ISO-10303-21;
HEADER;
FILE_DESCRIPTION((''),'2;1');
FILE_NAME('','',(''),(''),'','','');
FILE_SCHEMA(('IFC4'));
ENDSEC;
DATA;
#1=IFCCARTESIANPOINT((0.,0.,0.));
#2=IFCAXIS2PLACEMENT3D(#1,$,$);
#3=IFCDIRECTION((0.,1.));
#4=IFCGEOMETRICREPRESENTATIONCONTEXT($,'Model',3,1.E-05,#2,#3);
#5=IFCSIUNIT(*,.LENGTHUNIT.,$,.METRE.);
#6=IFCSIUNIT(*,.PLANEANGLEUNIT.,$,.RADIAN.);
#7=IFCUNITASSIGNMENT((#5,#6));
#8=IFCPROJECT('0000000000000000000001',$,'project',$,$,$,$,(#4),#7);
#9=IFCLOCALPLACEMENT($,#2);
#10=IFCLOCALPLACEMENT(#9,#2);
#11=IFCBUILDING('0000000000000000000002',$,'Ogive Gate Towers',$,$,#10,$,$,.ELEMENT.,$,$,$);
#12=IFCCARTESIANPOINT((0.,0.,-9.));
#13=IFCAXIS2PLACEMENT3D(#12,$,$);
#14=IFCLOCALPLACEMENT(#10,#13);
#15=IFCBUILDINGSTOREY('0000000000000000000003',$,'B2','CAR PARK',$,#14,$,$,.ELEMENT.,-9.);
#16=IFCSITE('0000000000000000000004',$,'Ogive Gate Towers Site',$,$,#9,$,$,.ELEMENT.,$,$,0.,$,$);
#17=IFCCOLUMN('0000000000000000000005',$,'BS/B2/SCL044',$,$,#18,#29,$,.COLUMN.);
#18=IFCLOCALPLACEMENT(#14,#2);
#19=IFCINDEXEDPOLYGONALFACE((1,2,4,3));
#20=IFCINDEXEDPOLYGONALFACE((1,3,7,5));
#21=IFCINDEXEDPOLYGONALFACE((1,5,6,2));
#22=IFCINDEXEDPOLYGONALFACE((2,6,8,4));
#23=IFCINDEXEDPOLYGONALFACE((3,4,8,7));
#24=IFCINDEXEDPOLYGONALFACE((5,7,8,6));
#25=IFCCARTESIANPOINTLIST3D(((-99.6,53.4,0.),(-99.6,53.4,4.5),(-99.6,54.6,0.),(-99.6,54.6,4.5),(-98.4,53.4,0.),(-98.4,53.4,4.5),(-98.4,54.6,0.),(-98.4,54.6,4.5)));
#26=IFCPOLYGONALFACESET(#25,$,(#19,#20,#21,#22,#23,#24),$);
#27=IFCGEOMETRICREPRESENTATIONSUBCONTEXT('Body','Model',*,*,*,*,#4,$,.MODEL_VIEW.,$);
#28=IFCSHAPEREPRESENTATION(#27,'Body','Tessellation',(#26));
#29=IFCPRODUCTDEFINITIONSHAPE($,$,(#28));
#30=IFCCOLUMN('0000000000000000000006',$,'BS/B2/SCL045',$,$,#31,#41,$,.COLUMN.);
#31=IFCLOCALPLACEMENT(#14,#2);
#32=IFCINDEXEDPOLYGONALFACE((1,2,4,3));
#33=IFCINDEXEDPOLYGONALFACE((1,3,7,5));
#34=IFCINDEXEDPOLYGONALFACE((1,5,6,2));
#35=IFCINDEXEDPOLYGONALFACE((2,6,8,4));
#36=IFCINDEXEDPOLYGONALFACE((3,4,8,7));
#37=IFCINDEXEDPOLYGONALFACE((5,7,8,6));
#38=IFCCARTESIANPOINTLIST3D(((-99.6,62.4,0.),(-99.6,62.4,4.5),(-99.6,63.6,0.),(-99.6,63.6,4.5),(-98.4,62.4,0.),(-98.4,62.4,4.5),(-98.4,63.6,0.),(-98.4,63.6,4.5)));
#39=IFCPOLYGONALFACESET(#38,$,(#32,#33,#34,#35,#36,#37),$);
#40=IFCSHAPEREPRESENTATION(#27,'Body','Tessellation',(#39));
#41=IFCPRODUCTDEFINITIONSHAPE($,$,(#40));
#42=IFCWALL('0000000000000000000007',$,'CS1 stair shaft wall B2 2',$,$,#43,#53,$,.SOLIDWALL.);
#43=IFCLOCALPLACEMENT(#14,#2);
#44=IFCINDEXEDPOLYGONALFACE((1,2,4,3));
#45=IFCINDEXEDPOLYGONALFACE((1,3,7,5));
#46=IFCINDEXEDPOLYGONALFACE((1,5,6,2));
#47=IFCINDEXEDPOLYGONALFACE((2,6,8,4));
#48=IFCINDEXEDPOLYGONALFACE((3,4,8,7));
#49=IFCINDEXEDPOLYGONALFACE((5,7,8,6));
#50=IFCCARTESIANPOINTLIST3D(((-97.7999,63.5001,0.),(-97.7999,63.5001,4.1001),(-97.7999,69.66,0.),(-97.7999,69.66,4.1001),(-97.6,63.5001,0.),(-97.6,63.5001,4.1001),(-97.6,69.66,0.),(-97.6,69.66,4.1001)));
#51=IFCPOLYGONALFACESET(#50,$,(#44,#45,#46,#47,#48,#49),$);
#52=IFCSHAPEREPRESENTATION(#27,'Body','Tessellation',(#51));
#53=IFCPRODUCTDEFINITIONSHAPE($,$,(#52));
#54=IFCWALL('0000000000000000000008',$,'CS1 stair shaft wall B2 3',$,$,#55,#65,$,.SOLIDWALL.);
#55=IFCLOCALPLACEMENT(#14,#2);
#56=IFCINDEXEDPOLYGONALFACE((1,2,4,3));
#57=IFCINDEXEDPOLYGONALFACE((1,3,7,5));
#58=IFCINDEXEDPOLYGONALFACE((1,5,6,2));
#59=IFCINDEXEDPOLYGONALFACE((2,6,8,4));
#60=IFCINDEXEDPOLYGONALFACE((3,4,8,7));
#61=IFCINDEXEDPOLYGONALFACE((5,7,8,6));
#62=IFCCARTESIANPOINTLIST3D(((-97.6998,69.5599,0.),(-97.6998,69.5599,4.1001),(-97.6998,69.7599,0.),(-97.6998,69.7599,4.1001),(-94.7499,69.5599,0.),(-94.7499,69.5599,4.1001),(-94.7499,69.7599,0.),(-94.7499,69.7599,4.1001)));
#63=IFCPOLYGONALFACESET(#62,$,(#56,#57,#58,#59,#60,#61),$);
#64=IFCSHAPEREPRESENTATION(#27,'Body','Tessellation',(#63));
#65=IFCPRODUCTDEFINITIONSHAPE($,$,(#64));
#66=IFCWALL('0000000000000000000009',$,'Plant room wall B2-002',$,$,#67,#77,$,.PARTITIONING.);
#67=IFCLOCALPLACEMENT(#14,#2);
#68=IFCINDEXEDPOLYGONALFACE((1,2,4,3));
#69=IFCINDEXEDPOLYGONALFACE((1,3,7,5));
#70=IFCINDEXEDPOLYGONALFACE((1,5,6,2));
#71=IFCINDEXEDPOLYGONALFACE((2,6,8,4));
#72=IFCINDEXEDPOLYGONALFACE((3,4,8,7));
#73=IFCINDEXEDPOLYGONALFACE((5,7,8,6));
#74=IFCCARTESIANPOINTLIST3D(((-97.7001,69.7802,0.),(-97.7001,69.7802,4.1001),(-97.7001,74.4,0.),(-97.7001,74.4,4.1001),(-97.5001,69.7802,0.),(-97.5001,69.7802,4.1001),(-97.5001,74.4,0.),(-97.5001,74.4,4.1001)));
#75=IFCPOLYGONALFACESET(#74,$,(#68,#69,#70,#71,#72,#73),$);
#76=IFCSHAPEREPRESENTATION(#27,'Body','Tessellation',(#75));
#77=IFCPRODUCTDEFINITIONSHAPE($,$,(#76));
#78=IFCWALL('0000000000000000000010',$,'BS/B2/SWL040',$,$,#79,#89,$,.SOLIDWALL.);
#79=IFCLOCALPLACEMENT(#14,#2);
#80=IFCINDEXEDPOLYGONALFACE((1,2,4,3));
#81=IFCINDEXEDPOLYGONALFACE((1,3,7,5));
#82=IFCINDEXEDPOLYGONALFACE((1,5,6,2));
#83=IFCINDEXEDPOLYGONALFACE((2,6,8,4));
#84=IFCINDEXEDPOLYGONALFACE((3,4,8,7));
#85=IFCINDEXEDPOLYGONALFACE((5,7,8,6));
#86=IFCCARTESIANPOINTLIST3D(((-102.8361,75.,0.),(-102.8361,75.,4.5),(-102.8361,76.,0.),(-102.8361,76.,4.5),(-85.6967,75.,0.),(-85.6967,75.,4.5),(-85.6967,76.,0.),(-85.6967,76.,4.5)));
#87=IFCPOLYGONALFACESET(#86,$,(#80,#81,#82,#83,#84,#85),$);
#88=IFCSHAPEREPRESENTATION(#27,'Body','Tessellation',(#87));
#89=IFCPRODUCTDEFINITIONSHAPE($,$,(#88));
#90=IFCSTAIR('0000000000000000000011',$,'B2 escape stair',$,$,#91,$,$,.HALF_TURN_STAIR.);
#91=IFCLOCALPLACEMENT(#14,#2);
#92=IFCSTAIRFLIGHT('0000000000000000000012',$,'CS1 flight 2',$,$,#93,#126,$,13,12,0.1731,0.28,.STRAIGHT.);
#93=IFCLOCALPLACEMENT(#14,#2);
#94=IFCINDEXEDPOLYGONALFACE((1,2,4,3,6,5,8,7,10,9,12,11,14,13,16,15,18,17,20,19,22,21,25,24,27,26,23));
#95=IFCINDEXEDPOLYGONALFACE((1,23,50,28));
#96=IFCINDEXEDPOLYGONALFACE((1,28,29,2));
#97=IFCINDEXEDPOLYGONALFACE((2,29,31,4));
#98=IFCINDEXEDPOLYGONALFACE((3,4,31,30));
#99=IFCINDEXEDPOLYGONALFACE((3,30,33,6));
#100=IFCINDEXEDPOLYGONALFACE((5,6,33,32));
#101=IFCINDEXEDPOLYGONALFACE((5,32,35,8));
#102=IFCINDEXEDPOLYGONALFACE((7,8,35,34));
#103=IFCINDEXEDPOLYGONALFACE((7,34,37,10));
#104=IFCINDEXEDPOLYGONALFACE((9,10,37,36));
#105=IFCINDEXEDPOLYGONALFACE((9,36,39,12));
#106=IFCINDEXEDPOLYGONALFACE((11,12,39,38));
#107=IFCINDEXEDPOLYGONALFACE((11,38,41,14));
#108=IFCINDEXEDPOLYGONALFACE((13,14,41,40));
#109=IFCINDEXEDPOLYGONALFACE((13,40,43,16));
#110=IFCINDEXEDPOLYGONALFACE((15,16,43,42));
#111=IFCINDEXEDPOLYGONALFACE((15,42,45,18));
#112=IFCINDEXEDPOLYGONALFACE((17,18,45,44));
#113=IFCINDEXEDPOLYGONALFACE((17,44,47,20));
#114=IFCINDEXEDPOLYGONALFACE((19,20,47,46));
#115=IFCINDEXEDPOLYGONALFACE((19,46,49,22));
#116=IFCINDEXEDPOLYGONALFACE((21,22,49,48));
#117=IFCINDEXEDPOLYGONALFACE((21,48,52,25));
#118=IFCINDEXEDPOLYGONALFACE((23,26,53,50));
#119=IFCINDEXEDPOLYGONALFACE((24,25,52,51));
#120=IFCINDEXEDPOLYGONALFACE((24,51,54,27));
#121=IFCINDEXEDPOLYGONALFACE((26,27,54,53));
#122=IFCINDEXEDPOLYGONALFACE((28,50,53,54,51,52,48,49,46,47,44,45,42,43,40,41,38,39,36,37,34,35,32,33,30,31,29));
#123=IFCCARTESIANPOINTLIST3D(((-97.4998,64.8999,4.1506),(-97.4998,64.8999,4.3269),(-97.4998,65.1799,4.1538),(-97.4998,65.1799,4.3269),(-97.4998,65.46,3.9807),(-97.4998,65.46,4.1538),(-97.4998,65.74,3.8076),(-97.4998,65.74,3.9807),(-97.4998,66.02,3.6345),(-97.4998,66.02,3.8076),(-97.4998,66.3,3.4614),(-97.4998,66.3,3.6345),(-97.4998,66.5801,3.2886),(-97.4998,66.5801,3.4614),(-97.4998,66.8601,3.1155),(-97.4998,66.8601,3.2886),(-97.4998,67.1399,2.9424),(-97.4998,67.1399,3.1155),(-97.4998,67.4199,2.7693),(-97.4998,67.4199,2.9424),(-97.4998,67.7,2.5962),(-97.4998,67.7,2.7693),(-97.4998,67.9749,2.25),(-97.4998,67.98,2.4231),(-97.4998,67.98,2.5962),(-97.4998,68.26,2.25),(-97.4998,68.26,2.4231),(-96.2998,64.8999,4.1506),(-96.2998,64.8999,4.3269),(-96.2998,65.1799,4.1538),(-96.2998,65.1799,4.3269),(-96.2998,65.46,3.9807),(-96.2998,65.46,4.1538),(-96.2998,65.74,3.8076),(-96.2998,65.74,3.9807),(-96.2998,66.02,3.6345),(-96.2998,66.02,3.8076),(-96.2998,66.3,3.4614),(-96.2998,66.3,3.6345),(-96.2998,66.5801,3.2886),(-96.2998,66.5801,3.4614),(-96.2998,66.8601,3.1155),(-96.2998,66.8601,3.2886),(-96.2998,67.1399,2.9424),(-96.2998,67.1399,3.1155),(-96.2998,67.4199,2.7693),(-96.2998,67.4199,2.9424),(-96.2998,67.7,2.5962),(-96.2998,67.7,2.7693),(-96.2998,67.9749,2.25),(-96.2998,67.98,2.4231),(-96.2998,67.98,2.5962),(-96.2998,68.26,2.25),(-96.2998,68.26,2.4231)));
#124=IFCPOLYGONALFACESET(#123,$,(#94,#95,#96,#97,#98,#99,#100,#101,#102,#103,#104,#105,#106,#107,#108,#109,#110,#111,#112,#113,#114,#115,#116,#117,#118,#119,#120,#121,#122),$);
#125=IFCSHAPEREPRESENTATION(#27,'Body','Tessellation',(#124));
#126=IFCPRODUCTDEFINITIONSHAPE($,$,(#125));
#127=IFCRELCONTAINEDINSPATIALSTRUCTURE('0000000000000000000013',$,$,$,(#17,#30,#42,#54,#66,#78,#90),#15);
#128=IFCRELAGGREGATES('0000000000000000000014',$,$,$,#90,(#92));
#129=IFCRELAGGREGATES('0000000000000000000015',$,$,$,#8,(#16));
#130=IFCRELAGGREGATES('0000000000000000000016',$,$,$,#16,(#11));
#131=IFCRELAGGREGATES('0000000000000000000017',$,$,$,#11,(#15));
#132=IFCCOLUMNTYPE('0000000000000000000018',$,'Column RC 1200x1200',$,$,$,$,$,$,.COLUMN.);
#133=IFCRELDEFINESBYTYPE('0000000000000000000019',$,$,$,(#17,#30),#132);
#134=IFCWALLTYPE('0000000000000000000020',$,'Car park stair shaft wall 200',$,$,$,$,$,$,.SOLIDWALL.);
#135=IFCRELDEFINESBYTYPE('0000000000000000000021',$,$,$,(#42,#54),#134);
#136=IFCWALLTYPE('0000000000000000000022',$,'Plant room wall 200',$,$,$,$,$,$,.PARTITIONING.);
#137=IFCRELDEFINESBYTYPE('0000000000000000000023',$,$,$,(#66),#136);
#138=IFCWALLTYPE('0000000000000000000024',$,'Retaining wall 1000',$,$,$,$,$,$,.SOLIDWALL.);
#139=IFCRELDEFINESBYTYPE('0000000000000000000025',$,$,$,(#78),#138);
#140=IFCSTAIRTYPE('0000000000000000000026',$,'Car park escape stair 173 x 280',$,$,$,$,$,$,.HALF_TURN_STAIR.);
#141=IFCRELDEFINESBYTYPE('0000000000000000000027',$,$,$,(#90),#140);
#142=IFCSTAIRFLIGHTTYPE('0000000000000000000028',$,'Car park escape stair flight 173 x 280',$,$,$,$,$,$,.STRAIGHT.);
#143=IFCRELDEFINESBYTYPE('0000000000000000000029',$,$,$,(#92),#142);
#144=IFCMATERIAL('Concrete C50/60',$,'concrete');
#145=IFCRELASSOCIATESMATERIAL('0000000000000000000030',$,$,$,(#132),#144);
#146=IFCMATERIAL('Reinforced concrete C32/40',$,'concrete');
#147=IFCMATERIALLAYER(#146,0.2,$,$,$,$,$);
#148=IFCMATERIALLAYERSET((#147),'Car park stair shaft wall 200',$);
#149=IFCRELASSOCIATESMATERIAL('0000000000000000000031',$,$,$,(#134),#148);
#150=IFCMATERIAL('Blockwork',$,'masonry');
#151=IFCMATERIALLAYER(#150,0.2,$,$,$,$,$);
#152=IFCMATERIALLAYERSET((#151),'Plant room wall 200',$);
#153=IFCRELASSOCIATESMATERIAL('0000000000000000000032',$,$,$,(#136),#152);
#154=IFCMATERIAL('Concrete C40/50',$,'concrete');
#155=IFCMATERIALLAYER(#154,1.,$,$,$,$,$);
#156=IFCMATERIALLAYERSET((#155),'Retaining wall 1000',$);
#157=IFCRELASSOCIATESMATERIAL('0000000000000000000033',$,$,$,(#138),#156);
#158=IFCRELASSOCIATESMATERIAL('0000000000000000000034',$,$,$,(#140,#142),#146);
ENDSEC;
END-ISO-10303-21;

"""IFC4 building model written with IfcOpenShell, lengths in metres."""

from ifc_helpers import new_model, si_unit, direction, frame, frame_2d, origin, origin_2d, place, context, subcontext, project, spatial, polyline, rectangle, outline, extrude, material, layer, layer_set, material_profile, profile_set, type_object, element, aggregate, save


model = new_model("IFC4")

# Units and contexts
model_context = context("Model", 3, precision=1e-05, world=origin(), true_north=direction((0.0, 1.0)))
body_context = subcontext(model_context, "Body", "Model", "MODEL_VIEW")
ifc_project = project(units=[si_unit("LENGTHUNIT", "METRE"), si_unit("PLANEANGLEUNIT", "RADIAN")], contexts=[model_context])

# Site, building, storey
site_placement = place(None, origin())
site = spatial("IfcSite", under=ifc_project, at=site_placement, Name="Ogive Gate Towers Site", CompositionType="ELEMENT", RefElevation=0.0)
building_placement = place(site_placement, origin())
building = spatial("IfcBuilding", under=site, at=building_placement, Name="Ogive Gate Towers", CompositionType="ELEMENT")
storey_placement = place(building_placement, frame((0.0, 0.0, -9.0)))
storey = spatial("IfcBuildingStorey", under=building, at=storey_placement, Name="B2", Description="CAR PARK", CompositionType="ELEMENT", Elevation=-9.0)

# Shared definitions
ifc_material_1 = material(Name="Concrete C40/50", Category="concrete")

# Columns
ifc_material_2 = material(Name="Concrete C50/60", Category="concrete")
ifc_material_profile_1 = material_profile(ifc_material_2, rectangle(XDim=1.2, YDim=1.2, at=origin_2d()), Name="RC 1200x1200")
ifc_profile_set_1 = profile_set([ifc_material_profile_1], Name="Concrete C50/60")
column_type = type_object("IfcColumnType", Name="Column RC 1200x1200", PredefinedType="COLUMN", material=ifc_profile_set_1)
for number, where, z_axis, x_axis, name in (
    (1, (-99.0, 54.0, 0.0), (0.0, 0.0, 1.0), (1.0, 0.0, 0.0), "BS/B2/SCL044"),
    (2, (-99.0, 63.0, 0.0), (0.0, 0.0, 1.0), (1.0, 0.0, 0.0), "BS/B2/SCL045"),
):
    element("IfcColumn", number, at=place(storey_placement, frame(where, z_axis=z_axis, x_axis=x_axis)), inside=storey, type_object=column_type, Name=name, PredefinedType="COLUMN", context=body_context, shape_type="SweptSolid", body=[
        extrude(rectangle(XDim=1.2, YDim=1.2, at=origin_2d()), origin(), (0.0, 0.0, 1.0), 4.5),
    ])

# Walls
ifc_material_3 = material(Name="Reinforced concrete C32/40", Category="concrete")
ifc_layer_1 = layer(ifc_material_3, 0.2)
ifc_layer_set_1 = layer_set([ifc_layer_1], Name="Car park stair shaft wall 200")
wall_type_1 = type_object("IfcWallType", Name="Car park stair shaft wall 200", PredefinedType="SOLIDWALL", material=ifc_layer_set_1)
wall_1_placement = place(storey_placement, frame((-97.7, 63.5, 0.0), z_axis=(0.0, 0.0, 1.0), x_axis=(0.0, 1.0, 0.0)))
element("IfcWall", 3, at=wall_1_placement, inside=storey, type_object=wall_type_1, Name="CS1 stair shaft wall B2 2", PredefinedType="SOLIDWALL", context=body_context, shape_type="SweptSolid", body=[
    extrude(rectangle(XDim=6.1599, YDim=0.2, at=frame_2d((3.0801, 0.0))), origin(), (0.0, 0.0, 1.0), 4.1001),
])
wall_2_placement = place(storey_placement, frame((-97.7, 69.6599, 0.0), z_axis=(0.0, 0.0, 1.0), x_axis=(1.0, 0.0, 0.0)))
element("IfcWall", 4, at=wall_2_placement, inside=storey, type_object=wall_type_1, Name="CS1 stair shaft wall B2 3", PredefinedType="SOLIDWALL", context=body_context, shape_type="SweptSolid", body=[
    extrude(rectangle(XDim=2.95, YDim=0.2, at=frame_2d((1.4751, 0.0))), origin(), (0.0, 0.0, 1.0), 4.1001),
])
ifc_material_4 = material(Name="Blockwork", Category="masonry")
ifc_layer_2 = layer(ifc_material_4, 0.2)
ifc_layer_set_2 = layer_set([ifc_layer_2], Name="Plant room wall 200")
wall_type_2 = type_object("IfcWallType", Name="Plant room wall 200", PredefinedType="PARTITIONING", material=ifc_layer_set_2)
wall_3_placement = place(storey_placement, frame((-97.6001, 69.78, 0.0), z_axis=(0.0, 0.0, 1.0), x_axis=(0.0, 1.0, 0.0)))
element("IfcWall", 5, at=wall_3_placement, inside=storey, type_object=wall_type_2, Name="Plant room wall B2-002", PredefinedType="PARTITIONING", context=body_context, shape_type="SweptSolid", body=[
    extrude(rectangle(XDim=4.6199, YDim=0.2, at=frame_2d((2.3101, 0.0))), origin(), (0.0, 0.0, 1.0), 4.1001),
])
ifc_layer_3 = layer(ifc_material_1, 1.0)
ifc_layer_set_3 = layer_set([ifc_layer_3], Name="Retaining wall 1000")
wall_type_3 = type_object("IfcWallType", Name="Retaining wall 1000", PredefinedType="SOLIDWALL", material=ifc_layer_set_3)
wall_4_placement = place(storey_placement, frame((-102.8362, 75.5, 0.0), z_axis=(0.0, 0.0, 1.0), x_axis=(1.0, 0.0, 0.0)))
element("IfcWall", 6, at=wall_4_placement, inside=storey, type_object=wall_type_3, Name="BS/B2/SWL040", PredefinedType="SOLIDWALL", context=body_context, shape_type="SweptSolid", body=[
    extrude(rectangle(XDim=17.1394, YDim=1.0, at=frame_2d((8.5698, 0.0))), origin(), (0.0, 0.0, 1.0), 4.5),
])

# Stair, stair flight
stair_type = type_object("IfcStairType", Name="Car park escape stair 173 x 280", PredefinedType="HALF_TURN_STAIR", material=ifc_material_3)
stair_placement = place(storey_placement, origin())
stair = element("IfcStair", 7, at=stair_placement, inside=storey, type_object=stair_type, Name="B2 escape stair", PredefinedType="HALF_TURN_STAIR")
stair_flight_type = type_object("IfcStairFlightType", Name="Car park escape stair flight 173 x 280", PredefinedType="STRAIGHT", material=ifc_material_3)
stair_flight_placement = place(storey_placement, frame((-96.8999, 68.26, 2.25), z_axis=(0.0, 0.0, 1.0), x_axis=(0.0, -1.0, 0.0)))
stair_flight = element("IfcStairFlight", 8, at=stair_flight_placement, type_object=stair_flight_type, Name="CS1 flight 2", NumberOfRisers=13, NumberOfTreads=12, PredefinedType="STRAIGHT", RiserHeight=0.1731, TreadLength=0.28, context=body_context, shape_type="SweptSolid", body=[
    extrude(outline(polyline([(0.0, 0.0), (0.0, 0.1731), (0.28, 0.1731), (0.28, 0.3462), (0.5601, 0.3462), (0.5601, 0.5193), (0.8401, 0.5193), (0.8401, 0.6924), (1.1201, 0.6924), (1.1201, 0.8655), (1.3999, 0.8655), (1.3999, 1.0386), (1.6799, 1.0386), (1.6799, 1.2114), (1.96, 1.2114), (1.96, 1.3845), (2.24, 1.3845), (2.24, 1.5576), (2.52, 1.5576), (2.52, 1.7307), (2.8, 1.7307), (2.8, 1.9038), (3.0801, 1.9038), (3.0801, 2.0769), (3.3601, 2.0769), (3.3601, 2.25), (3.3601, 1.9006), (0.2852, 0.0), (0.0, 0.0)])), frame((0.0, 0.6001, 0.0), z_axis=(0.0, -1.0, 0.0), x_axis=(1.0, 0.0, 0.0)), (0.0, 0.0, 1.0), 1.2),
])
aggregate(stair, [stair_flight])

save(model, "model.ifc")
